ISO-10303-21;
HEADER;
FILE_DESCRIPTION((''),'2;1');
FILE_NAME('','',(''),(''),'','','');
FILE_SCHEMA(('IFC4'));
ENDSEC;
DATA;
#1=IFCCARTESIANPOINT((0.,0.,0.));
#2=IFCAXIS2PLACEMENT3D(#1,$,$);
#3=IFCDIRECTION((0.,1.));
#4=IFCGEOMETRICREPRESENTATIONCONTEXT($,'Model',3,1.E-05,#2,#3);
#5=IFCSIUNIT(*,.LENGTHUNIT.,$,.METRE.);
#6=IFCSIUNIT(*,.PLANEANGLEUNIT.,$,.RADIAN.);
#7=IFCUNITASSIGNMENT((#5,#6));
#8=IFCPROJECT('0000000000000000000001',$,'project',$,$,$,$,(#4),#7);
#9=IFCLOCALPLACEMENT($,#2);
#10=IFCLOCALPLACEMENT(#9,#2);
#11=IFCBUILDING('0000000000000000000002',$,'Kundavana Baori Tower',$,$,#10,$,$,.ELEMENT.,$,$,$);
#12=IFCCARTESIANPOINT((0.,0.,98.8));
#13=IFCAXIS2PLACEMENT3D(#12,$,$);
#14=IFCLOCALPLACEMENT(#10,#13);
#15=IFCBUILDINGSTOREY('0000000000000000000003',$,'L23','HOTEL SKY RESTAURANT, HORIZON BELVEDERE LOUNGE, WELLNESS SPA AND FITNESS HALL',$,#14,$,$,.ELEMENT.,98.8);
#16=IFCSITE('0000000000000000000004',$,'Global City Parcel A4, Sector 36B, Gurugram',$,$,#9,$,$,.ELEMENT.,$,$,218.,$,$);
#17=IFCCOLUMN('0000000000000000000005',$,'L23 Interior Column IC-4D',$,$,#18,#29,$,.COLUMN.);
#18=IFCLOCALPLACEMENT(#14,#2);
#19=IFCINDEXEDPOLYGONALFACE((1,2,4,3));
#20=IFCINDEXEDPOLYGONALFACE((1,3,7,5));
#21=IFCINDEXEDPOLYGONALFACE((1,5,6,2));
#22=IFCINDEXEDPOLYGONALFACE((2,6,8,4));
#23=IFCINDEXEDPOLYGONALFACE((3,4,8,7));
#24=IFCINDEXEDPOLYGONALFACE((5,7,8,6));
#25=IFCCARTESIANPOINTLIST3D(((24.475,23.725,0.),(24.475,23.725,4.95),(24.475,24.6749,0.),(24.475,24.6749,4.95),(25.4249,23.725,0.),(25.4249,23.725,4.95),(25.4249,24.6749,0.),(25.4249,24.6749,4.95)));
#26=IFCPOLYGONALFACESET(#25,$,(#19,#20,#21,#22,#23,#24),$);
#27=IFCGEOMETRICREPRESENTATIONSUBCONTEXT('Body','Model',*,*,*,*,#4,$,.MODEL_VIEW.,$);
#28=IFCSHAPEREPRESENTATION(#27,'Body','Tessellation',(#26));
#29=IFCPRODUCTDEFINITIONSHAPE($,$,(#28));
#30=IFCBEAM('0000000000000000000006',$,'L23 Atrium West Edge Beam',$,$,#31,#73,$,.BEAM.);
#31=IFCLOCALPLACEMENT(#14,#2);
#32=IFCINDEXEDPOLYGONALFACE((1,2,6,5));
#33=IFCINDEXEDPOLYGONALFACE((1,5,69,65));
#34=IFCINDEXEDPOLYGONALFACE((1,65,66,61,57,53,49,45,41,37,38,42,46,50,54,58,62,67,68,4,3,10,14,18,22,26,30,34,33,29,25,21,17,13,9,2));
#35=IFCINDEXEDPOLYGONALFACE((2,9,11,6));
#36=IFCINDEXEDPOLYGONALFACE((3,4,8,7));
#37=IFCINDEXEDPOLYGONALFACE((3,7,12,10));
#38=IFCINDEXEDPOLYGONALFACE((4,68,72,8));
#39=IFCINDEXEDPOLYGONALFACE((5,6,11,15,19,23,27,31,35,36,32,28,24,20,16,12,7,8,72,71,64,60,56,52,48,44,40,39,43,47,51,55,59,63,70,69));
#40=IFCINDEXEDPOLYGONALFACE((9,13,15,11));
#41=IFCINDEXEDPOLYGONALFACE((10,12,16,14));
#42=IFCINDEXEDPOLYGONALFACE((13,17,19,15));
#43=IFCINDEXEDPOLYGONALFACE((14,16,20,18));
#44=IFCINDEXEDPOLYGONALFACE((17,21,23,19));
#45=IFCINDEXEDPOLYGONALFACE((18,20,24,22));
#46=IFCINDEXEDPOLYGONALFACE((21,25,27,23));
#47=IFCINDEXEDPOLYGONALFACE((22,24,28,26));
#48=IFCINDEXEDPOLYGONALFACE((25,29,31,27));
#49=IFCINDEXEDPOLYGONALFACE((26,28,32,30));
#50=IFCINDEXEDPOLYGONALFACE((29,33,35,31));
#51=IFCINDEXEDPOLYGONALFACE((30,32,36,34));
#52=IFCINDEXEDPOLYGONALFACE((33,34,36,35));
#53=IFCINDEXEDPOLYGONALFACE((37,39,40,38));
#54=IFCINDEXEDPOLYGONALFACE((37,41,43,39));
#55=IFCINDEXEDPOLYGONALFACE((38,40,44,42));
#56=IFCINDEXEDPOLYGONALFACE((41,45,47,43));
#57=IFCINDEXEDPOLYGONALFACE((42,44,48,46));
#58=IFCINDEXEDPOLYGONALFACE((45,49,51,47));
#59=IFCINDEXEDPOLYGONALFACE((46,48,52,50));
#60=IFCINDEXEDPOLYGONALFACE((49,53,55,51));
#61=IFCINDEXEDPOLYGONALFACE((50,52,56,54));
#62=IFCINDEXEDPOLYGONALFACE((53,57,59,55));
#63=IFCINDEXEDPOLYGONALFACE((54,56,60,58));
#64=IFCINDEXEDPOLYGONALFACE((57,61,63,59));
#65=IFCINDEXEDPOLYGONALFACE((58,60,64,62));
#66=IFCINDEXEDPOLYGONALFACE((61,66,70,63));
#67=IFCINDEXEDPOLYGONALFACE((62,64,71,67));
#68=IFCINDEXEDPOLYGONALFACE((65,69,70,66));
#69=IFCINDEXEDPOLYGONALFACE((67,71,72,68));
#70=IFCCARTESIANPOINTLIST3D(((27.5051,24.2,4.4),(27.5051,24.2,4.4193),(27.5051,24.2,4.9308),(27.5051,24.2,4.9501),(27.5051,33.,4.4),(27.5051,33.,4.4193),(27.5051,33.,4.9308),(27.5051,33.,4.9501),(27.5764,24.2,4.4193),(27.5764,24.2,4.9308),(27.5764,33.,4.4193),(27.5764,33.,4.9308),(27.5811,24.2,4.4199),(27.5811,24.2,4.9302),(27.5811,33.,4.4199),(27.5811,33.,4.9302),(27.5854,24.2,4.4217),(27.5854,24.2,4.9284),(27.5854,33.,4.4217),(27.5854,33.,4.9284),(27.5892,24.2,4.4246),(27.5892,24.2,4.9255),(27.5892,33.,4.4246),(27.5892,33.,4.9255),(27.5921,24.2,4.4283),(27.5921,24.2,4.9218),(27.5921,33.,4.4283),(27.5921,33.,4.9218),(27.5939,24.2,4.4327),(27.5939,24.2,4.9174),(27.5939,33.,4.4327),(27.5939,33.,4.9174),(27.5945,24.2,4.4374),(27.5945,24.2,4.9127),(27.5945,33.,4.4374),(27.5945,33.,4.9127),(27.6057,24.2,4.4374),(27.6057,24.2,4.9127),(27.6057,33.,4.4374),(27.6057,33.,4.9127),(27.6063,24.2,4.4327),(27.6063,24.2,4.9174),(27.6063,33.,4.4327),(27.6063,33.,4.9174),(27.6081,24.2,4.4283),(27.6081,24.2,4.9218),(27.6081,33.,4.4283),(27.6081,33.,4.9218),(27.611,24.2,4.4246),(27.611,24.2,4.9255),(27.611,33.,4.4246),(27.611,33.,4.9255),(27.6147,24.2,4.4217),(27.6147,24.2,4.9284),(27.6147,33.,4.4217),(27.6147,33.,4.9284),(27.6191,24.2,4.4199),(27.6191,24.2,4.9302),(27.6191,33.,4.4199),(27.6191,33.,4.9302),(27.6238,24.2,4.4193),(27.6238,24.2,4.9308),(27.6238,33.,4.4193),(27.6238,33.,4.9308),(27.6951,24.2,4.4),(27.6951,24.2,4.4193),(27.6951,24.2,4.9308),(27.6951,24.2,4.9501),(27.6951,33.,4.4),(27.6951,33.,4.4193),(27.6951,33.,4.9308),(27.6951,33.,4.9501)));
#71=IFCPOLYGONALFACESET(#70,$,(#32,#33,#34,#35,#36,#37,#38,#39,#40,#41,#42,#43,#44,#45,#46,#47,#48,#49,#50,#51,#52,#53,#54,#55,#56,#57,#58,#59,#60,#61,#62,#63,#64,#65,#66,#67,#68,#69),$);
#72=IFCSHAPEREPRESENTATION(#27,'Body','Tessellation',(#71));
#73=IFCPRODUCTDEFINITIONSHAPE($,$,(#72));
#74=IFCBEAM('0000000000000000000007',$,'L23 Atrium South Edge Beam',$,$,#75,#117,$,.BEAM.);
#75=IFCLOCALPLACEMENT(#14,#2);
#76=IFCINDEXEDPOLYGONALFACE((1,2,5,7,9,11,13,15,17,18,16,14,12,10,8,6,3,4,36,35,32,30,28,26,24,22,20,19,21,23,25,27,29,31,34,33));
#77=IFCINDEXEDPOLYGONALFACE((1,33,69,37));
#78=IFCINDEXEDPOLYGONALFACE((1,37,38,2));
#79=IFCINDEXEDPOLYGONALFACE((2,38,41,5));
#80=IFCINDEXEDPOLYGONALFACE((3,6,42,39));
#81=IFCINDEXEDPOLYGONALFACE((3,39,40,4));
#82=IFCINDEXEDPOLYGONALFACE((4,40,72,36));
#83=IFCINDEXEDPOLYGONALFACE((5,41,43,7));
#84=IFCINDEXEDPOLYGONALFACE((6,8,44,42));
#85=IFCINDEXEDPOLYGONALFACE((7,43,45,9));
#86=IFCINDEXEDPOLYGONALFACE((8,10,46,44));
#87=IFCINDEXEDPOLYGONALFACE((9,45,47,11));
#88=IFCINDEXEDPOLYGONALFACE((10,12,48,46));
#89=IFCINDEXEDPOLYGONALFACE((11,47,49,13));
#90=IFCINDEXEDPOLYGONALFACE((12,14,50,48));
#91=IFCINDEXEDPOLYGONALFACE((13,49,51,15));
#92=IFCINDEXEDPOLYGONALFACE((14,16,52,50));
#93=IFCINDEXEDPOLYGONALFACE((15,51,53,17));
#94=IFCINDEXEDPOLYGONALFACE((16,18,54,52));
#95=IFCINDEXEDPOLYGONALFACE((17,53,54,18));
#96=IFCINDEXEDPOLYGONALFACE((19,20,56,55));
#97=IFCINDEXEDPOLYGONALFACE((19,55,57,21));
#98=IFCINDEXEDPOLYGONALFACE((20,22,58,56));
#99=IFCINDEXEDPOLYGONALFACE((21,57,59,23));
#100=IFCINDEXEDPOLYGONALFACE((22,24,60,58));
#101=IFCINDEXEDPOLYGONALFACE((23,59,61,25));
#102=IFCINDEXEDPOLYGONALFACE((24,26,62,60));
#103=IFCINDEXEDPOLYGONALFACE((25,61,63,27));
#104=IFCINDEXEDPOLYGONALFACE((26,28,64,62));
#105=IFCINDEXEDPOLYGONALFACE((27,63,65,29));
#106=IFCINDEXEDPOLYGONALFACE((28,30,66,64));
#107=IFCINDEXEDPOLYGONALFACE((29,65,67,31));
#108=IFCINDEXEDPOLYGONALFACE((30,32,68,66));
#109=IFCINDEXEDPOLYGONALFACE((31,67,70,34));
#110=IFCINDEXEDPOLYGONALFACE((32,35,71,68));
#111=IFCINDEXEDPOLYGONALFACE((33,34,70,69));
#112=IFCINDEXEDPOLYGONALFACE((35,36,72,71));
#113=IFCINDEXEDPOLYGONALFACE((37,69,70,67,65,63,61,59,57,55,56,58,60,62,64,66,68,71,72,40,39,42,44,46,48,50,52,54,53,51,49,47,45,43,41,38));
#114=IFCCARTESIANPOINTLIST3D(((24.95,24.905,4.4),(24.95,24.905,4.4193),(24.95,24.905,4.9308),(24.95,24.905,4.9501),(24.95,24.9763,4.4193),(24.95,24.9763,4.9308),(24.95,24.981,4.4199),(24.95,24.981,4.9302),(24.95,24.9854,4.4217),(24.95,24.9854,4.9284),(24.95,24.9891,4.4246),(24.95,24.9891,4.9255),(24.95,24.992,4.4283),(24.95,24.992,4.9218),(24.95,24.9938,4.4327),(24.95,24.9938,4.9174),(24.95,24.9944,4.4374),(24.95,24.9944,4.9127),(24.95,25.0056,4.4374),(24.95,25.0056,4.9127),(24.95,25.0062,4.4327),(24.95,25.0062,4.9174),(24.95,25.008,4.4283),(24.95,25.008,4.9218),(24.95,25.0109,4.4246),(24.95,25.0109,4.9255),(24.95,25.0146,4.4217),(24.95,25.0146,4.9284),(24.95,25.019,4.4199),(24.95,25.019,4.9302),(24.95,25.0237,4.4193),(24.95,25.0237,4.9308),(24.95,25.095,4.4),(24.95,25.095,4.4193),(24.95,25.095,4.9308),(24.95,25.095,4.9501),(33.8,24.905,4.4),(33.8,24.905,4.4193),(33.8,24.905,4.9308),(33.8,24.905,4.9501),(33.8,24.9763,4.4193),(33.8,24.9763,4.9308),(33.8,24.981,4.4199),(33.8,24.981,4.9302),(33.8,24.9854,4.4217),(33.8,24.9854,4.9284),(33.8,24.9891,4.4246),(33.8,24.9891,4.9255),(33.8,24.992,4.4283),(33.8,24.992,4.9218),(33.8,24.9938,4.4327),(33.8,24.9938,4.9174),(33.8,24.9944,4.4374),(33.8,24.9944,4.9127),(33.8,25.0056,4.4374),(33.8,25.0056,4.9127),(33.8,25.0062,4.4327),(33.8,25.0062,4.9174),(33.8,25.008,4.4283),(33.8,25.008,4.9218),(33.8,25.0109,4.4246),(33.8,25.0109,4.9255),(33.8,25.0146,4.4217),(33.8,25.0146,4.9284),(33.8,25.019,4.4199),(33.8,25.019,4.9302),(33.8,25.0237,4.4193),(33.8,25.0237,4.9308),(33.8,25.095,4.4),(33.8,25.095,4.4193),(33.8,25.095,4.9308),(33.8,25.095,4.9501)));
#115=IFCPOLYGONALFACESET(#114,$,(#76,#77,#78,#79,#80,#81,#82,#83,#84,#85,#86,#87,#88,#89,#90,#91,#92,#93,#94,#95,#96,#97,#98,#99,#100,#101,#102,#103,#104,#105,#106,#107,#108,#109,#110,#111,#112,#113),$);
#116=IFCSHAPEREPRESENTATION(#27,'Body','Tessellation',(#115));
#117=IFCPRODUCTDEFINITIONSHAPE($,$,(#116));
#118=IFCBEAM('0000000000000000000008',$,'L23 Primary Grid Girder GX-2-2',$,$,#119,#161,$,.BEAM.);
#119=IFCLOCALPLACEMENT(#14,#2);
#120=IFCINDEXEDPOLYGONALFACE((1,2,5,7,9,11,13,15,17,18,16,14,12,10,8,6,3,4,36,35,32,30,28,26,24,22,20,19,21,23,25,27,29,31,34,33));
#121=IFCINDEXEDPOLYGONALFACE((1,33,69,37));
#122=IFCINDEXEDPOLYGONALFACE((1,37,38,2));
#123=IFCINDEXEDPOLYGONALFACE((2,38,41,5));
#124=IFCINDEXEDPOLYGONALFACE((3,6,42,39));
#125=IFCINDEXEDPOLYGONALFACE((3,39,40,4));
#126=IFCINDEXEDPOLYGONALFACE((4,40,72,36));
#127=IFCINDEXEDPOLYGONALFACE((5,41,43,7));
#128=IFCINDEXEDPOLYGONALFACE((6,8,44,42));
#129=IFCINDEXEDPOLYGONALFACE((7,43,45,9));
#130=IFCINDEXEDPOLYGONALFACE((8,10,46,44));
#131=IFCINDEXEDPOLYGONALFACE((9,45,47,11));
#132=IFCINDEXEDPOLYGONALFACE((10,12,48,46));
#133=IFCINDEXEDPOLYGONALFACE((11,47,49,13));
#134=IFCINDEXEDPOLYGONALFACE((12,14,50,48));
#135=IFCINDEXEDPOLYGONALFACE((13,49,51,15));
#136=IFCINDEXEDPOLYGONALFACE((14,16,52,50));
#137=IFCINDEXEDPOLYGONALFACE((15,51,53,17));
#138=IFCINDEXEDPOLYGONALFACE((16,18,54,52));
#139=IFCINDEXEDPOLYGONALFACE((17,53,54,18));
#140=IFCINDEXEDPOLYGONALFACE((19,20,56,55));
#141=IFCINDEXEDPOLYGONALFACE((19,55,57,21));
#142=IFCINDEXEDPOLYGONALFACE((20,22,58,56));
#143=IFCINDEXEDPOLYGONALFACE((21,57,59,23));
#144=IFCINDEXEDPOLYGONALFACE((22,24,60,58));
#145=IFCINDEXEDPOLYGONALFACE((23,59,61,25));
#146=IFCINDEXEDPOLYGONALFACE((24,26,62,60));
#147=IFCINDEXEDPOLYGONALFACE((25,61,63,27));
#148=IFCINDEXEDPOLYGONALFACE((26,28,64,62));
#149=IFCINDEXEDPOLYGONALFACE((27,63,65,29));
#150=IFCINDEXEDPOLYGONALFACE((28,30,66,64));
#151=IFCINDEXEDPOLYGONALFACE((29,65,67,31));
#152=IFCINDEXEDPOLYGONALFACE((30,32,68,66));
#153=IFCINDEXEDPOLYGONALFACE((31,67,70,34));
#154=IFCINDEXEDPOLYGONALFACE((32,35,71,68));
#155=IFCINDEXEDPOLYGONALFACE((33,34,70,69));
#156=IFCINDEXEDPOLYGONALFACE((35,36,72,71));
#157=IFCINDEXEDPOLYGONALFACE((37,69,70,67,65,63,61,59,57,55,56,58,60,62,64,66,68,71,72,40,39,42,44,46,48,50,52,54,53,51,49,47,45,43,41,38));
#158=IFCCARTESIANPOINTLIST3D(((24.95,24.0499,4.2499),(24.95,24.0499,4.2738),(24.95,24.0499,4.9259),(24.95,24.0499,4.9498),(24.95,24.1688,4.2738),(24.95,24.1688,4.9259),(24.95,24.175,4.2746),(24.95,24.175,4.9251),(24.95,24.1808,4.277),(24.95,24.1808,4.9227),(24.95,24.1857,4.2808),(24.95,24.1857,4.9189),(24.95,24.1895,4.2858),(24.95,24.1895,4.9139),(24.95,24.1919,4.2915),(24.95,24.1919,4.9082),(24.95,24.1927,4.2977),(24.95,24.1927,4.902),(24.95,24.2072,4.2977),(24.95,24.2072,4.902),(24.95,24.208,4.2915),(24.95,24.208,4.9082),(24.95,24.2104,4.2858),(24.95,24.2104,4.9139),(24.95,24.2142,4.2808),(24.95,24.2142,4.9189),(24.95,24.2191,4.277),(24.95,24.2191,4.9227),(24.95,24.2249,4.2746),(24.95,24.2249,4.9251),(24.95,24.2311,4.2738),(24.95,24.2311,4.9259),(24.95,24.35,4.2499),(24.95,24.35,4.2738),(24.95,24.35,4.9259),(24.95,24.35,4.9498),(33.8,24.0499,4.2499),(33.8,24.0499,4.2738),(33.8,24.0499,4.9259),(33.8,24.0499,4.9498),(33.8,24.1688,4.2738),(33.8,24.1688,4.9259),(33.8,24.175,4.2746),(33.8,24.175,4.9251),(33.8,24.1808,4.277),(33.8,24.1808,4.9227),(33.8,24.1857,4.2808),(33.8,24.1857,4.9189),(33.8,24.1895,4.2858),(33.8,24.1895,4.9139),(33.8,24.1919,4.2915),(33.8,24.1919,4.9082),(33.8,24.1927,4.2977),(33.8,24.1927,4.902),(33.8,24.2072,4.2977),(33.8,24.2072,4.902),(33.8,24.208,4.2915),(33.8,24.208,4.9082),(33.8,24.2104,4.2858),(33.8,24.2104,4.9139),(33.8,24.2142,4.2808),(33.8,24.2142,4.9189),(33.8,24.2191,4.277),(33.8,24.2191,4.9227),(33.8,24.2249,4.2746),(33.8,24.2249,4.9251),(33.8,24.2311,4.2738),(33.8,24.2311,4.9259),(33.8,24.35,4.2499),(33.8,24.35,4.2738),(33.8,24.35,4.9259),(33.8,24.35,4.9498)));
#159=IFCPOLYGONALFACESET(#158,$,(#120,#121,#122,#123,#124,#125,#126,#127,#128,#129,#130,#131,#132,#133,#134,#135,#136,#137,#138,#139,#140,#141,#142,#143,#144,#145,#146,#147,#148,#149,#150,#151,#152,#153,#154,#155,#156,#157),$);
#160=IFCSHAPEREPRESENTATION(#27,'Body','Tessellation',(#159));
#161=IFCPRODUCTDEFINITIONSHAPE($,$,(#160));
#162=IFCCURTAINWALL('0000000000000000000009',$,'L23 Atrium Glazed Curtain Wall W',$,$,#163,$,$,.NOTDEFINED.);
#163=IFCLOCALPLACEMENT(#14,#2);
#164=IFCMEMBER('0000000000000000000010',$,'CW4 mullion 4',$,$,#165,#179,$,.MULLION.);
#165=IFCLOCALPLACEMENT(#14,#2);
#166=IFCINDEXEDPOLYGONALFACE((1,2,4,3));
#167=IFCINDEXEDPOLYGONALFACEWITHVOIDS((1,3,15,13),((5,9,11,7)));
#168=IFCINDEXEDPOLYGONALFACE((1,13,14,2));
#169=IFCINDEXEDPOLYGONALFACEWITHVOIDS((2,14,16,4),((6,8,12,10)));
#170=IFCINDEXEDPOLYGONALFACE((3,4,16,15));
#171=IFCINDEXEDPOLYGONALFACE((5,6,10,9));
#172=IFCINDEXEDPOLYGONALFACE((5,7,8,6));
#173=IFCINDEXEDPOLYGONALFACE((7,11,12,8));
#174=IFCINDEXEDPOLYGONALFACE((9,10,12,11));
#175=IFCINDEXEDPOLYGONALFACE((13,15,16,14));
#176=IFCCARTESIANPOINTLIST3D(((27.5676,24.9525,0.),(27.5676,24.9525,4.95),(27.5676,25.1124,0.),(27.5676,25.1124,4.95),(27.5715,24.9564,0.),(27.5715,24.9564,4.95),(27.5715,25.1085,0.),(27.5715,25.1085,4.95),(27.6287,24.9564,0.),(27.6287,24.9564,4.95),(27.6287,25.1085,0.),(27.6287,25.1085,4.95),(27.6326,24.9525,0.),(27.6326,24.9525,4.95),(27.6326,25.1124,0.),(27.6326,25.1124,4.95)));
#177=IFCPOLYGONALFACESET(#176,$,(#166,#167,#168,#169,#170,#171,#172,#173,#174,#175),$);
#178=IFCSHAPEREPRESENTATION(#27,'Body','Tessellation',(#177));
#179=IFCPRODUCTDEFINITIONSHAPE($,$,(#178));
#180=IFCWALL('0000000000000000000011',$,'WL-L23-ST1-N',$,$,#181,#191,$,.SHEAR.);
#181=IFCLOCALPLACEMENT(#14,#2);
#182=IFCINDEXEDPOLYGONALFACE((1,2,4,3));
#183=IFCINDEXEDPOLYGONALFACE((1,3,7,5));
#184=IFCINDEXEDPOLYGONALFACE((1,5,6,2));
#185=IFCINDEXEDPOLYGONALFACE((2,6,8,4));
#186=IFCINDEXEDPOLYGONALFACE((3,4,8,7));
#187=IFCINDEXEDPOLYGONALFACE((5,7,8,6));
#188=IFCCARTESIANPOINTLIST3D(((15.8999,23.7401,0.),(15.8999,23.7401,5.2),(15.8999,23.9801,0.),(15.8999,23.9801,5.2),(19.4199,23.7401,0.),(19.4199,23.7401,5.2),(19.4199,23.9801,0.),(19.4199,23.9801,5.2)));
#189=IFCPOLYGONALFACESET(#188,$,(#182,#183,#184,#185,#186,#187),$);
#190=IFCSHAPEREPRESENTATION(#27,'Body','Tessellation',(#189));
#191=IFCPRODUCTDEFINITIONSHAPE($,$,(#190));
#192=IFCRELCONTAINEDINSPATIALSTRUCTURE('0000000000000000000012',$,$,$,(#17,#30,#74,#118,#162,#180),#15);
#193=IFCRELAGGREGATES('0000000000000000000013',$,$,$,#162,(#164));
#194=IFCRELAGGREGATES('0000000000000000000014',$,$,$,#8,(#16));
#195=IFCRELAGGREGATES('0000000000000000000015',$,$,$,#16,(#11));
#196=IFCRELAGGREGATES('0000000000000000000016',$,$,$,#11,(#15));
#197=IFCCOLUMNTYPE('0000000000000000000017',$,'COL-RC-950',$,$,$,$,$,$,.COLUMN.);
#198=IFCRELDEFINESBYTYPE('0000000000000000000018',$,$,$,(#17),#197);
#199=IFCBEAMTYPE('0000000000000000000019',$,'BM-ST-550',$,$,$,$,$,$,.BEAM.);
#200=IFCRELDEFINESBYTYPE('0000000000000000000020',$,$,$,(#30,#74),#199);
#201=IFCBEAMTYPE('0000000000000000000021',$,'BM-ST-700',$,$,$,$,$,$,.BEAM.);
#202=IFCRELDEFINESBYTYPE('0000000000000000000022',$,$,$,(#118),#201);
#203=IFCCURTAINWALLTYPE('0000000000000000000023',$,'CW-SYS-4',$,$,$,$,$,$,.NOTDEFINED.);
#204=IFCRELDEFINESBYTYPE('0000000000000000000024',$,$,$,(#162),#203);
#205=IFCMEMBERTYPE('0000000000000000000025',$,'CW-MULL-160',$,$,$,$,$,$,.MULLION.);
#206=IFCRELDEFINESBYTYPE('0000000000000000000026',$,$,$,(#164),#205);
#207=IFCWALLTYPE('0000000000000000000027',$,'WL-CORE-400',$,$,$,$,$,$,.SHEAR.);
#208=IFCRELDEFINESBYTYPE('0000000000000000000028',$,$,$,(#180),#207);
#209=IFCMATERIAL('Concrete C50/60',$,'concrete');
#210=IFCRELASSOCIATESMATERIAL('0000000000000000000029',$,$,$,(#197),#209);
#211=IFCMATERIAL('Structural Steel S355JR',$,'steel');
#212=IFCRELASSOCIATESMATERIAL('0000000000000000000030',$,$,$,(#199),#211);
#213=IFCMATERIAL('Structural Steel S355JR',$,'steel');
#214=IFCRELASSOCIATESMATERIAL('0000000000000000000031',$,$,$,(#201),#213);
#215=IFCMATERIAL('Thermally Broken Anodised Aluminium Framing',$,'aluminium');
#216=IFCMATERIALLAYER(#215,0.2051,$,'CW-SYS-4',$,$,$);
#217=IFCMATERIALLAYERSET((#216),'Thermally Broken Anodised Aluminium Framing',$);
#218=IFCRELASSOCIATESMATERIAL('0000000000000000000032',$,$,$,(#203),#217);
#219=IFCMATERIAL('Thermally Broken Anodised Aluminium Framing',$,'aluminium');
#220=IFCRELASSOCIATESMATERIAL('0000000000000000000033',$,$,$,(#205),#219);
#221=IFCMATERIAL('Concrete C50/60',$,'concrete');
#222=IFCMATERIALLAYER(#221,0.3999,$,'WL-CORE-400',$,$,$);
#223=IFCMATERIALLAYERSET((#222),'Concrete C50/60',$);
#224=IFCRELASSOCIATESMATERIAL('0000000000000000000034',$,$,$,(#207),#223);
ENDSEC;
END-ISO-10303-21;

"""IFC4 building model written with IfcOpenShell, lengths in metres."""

from ifc_helpers import new_model, si_unit, direction, frame, frame_2d, origin, origin_2d, place, context, subcontext, project, spatial, rectangle, hollow_rectangle, i_section, extrude, material, layer, layer_set, material_profile, profile_set, type_object, element, aggregate, save


model = new_model("IFC4")

# Units and contexts
model_context = context("Model", 3, precision=1e-05, world=origin(), true_north=direction((0.0, 1.0)))
body_context = subcontext(model_context, "Body", "Model", "MODEL_VIEW")
ifc_project = project(units=[si_unit("LENGTHUNIT", "METRE"), si_unit("PLANEANGLEUNIT", "RADIAN")], contexts=[model_context])

# Site, building, storey
site_placement = place(None, origin())
site = spatial("IfcSite", under=ifc_project, at=site_placement, Name="Global City Parcel A4, Sector 36B, Gurugram", CompositionType="ELEMENT", RefElevation=218.0)
building_placement = place(site_placement, origin())
building = spatial("IfcBuilding", under=site, at=building_placement, Name="Kundavana Baori Tower", CompositionType="ELEMENT")
storey_placement = place(building_placement, frame((0.0, 0.0, 98.8)))
storey = spatial("IfcBuildingStorey", under=building, at=storey_placement, Name="L23", Description="HOTEL SKY RESTAURANT, HORIZON BELVEDERE LOUNGE, WELLNESS SPA AND FITNESS HALL", CompositionType="ELEMENT", Elevation=98.8)

# Column
ifc_material_1 = material(Name="Concrete C50/60", Category="concrete")
ifc_material_profile_1 = material_profile(ifc_material_1, rectangle(XDim=0.95, YDim=0.95, at=origin_2d()), Name="RC 950x950")
ifc_profile_set_1 = profile_set([ifc_material_profile_1], Name="Concrete C50/60")
column_type = type_object("IfcColumnType", Name="COL-RC-950", PredefinedType="COLUMN", material=ifc_profile_set_1)
column_placement = place(storey_placement, frame((24.95, 24.2, 0.0), z_axis=(0.0, 0.0, 1.0), x_axis=(1.0, 0.0, 0.0)))
element("IfcColumn", 1, at=column_placement, inside=storey, type_object=column_type, Name="L23 Interior Column IC-4D", PredefinedType="COLUMN", context=body_context, shape_type="SweptSolid", body=[
    extrude(rectangle(XDim=0.95, YDim=0.95, at=origin_2d()), origin(), (0.0, 0.0, 1.0), 4.95),
])

# Beams
ifc_material_2 = material(Name="Structural Steel S355JR", Category="steel")
ifc_material_profile_2 = material_profile(ifc_material_2, i_section(OverallWidth=0.1899, OverallDepth=0.55, WebThickness=0.0112, FlangeThickness=0.0193, FilletRadius=0.0181, at=origin_2d()), Name="ISMB 550")
ifc_profile_set_2 = profile_set([ifc_material_profile_2], Name="Structural Steel S355JR")
beam_type_1 = type_object("IfcBeamType", Name="BM-ST-550", PredefinedType="BEAM", material=ifc_profile_set_2)
beam_1_placement = place(storey_placement, frame((27.6001, 24.2, 4.675), z_axis=(0.0, 1.0, 0.0), x_axis=(-1.0, 0.0, 0.0)))
element("IfcBeam", 2, at=beam_1_placement, inside=storey, type_object=beam_type_1, Name="L23 Atrium West Edge Beam", PredefinedType="BEAM", context=body_context, shape_type="SweptSolid", body=[
    extrude(i_section(OverallWidth=0.1899, OverallDepth=0.55, WebThickness=0.0112, FlangeThickness=0.0193, FilletRadius=0.0181, at=origin_2d()), origin(), (0.0, 0.0, 1.0), 8.8),
])
beam_2_placement = place(storey_placement, frame((24.95, 25.0, 4.675), z_axis=(1.0, 0.0, 0.0), x_axis=(0.0, 1.0, 0.0)))
element("IfcBeam", 3, at=beam_2_placement, inside=storey, type_object=beam_type_1, Name="L23 Atrium South Edge Beam", PredefinedType="BEAM", context=body_context, shape_type="SweptSolid", body=[
    extrude(i_section(OverallWidth=0.1899, OverallDepth=0.55, WebThickness=0.0112, FlangeThickness=0.0193, FilletRadius=0.0181, at=origin_2d()), origin(), (0.0, 0.0, 1.0), 8.8501),
])
ifc_material_3 = material(Name="Structural Steel S355JR", Category="steel")
ifc_material_profile_3 = material_profile(ifc_material_3, i_section(OverallWidth=0.3, OverallDepth=0.7, WebThickness=0.0144, FlangeThickness=0.0239, FilletRadius=0.0239, at=origin_2d()), Name="NPB 700x300x170")
ifc_profile_set_3 = profile_set([ifc_material_profile_3], Name="Structural Steel S355JR")
beam_type_2 = type_object("IfcBeamType", Name="BM-ST-700", PredefinedType="BEAM", material=ifc_profile_set_3)
beam_3_placement = place(storey_placement, frame((24.95, 24.2, 4.5999), z_axis=(1.0, 0.0, 0.0), x_axis=(0.0, 1.0, 0.0)))
element("IfcBeam", 4, at=beam_3_placement, inside=storey, type_object=beam_type_2, Name="L23 Primary Grid Girder GX-2-2", PredefinedType="BEAM", context=body_context, shape_type="SweptSolid", body=[
    extrude(i_section(OverallWidth=0.3, OverallDepth=0.7, WebThickness=0.0144, FlangeThickness=0.0239, FilletRadius=0.0239, at=origin_2d()), origin(), (0.0, 0.0, 1.0), 8.8501),
])

# Curtain wall, member
ifc_material_4 = material(Name="Thermally Broken Anodised Aluminium Framing", Category="aluminium")
ifc_layer_1 = layer(ifc_material_4, 0.2051, Name="CW-SYS-4")
ifc_layer_set_1 = layer_set([ifc_layer_1], Name="Thermally Broken Anodised Aluminium Framing")
curtain_wall_type = type_object("IfcCurtainWallType", Name="CW-SYS-4", PredefinedType="NOTDEFINED", material=ifc_layer_set_1)
curtain_wall_placement = place(storey_placement, origin())
curtain_wall = element("IfcCurtainWall", 5, at=curtain_wall_placement, inside=storey, type_object=curtain_wall_type, Name="L23 Atrium Glazed Curtain Wall W", PredefinedType="NOTDEFINED")
ifc_material_5 = material(Name="Thermally Broken Anodised Aluminium Framing", Category="aluminium")
ifc_material_profile_4 = material_profile(ifc_material_5, hollow_rectangle(XDim=0.0649, YDim=0.1599, WallThickness=0.0039, at=origin_2d()), Name="CW-MULL-160")
ifc_profile_set_4 = profile_set([ifc_material_profile_4], Name="Thermally Broken Anodised Aluminium Framing")
member_type = type_object("IfcMemberType", Name="CW-MULL-160", PredefinedType="MULLION", material=ifc_profile_set_4)
member_placement = place(storey_placement, frame((27.6001, 25.0325, 0.0), z_axis=(0.0, 0.0, 1.0), x_axis=(1.0, 0.0, 0.0)))
member = element("IfcMember", 6, at=member_placement, type_object=member_type, Name="CW4 mullion 4", PredefinedType="MULLION", context=body_context, shape_type="SweptSolid", body=[
    extrude(hollow_rectangle(XDim=0.0649, YDim=0.1599, WallThickness=0.0039, at=origin_2d()), origin(), (0.0, 0.0, 1.0), 4.95),
])
aggregate(curtain_wall, [member])

# Wall
ifc_material_6 = material(Name="Concrete C50/60", Category="concrete")
ifc_layer_2 = layer(ifc_material_6, 0.3999, Name="WL-CORE-400")
ifc_layer_set_2 = layer_set([ifc_layer_2], Name="Concrete C50/60")
wall_type_1 = type_object("IfcWallType", Name="WL-CORE-400", PredefinedType="SHEAR", material=ifc_layer_set_2)
wall_1_placement = place(storey_placement, frame((15.8999, 23.8601, 0.0), z_axis=(0.0, 0.0, 1.0), x_axis=(1.0, 0.0, 0.0)))
element("IfcWall", 7, at=wall_1_placement, inside=storey, type_object=wall_type_1, Name="WL-L23-ST1-N", PredefinedType="SHEAR", context=body_context, shape_type="SweptSolid", body=[
    extrude(rectangle(XDim=3.52, YDim=0.24, at=frame_2d((1.76, 0.0))), origin(), (0.0, 0.0, 1.0), 5.2),
])

save(model, "model.ifc")
